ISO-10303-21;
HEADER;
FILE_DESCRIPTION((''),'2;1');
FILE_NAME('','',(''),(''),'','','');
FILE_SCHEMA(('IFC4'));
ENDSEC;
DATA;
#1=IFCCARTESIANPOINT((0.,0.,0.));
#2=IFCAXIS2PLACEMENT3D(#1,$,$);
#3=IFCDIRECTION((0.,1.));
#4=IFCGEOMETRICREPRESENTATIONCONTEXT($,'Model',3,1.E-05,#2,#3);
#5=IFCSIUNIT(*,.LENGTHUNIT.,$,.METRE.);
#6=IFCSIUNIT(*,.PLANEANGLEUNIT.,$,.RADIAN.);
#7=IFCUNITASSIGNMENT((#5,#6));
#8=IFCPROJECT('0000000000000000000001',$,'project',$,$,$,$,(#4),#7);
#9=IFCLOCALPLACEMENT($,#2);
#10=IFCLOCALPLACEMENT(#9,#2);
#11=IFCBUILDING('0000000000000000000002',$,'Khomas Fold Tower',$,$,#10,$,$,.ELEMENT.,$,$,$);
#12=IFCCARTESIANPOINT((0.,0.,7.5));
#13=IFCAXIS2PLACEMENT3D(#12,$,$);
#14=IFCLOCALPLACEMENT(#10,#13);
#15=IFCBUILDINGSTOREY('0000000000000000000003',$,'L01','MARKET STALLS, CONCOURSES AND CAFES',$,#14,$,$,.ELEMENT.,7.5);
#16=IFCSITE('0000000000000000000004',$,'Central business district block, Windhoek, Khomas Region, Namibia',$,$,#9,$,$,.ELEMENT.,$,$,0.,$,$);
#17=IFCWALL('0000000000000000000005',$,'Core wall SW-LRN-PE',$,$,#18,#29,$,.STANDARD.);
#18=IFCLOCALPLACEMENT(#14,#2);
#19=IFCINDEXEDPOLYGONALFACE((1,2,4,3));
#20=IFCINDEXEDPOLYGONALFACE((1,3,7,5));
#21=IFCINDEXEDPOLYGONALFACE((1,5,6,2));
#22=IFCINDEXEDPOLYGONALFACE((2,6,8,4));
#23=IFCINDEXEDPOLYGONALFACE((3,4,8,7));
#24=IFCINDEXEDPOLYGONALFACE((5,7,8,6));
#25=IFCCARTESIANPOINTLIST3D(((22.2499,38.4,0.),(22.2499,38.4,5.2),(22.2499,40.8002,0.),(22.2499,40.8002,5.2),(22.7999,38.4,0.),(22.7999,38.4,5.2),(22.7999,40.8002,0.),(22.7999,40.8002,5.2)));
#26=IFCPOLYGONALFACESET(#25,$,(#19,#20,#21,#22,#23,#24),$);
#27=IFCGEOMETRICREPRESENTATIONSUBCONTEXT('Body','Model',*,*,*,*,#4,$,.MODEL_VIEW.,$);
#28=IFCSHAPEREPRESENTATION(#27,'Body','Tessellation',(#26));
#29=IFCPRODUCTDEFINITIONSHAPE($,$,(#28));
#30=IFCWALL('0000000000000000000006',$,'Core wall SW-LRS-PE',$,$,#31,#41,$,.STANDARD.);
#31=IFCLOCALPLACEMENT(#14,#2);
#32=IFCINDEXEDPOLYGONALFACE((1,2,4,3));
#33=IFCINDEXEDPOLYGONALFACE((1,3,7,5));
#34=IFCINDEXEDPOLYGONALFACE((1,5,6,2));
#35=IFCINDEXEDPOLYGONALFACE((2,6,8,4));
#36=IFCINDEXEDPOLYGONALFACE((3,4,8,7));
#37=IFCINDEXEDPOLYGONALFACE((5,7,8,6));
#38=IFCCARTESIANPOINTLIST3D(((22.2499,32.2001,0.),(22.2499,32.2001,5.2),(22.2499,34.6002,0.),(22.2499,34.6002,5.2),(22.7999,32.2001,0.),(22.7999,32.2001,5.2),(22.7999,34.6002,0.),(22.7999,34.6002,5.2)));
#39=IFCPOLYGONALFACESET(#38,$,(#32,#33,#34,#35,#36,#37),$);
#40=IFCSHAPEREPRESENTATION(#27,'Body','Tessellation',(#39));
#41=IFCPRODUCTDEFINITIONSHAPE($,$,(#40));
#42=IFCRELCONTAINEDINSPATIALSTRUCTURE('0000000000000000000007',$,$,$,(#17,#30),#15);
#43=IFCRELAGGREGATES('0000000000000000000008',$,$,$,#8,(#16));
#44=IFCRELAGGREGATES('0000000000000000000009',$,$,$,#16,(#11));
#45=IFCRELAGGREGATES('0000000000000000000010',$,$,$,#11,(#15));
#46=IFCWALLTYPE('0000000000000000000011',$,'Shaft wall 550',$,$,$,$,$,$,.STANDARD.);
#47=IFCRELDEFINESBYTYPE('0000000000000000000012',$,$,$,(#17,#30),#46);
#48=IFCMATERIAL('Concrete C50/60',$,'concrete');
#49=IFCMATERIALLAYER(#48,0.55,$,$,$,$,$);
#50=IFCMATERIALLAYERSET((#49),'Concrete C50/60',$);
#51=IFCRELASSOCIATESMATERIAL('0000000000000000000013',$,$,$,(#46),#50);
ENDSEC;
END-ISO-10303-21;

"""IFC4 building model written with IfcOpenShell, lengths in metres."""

from ifc_helpers import new_model, si_unit, direction, frame, frame_2d, origin, place, context, subcontext, project, spatial, rectangle, extrude, source, transform, mapped, material, layer, layer_set, type_object, element, save


model = new_model("IFC4")

# Units and contexts
model_context = context("Model", 3, precision=1e-05, world=origin(), true_north=direction((0.0, 1.0)))
body_context = subcontext(model_context, "Body", "Model", "MODEL_VIEW")
ifc_project = project(units=[si_unit("LENGTHUNIT", "METRE"), si_unit("PLANEANGLEUNIT", "RADIAN")], contexts=[model_context])

# Site, building, storey
site_placement = place(None, origin())
site = spatial("IfcSite", under=ifc_project, at=site_placement, Name="Central business district block, Windhoek, Khomas Region, Namibia", CompositionType="ELEMENT", RefElevation=0.0)
building_placement = place(site_placement, origin())
building = spatial("IfcBuilding", under=site, at=building_placement, Name="Khomas Fold Tower", CompositionType="ELEMENT")
storey_placement = place(building_placement, frame((0.0, 0.0, 7.5)))
storey = spatial("IfcBuildingStorey", under=building, at=storey_placement, Name="L01", Description="MARKET STALLS, CONCOURSES AND CAFES", CompositionType="ELEMENT", Elevation=7.5)

# Walls
ifc_material_1 = material(Name="Concrete C50/60", Category="concrete")
ifc_layer_1 = layer(ifc_material_1, 0.55)
ifc_layer_set_1 = layer_set([ifc_layer_1], Name="Concrete C50/60")
wall_type_1 = type_object("IfcWallType", Name="Shaft wall 550", PredefinedType="STANDARD", material=ifc_layer_set_1)
shared_shape_1 = source(origin(), body_context, "Body", "SweptSolid", [
    extrude(rectangle(XDim=2.4001, YDim=0.55, at=frame_2d((1.2002, 0.0))), origin(), (0.0, 0.0, 1.0), 5.2),
])
for number, where, z_axis, x_axis, name in (
    (1, (22.5249, 38.3999, 0.0), (0.0, 0.0, 1.0), (0.0, 1.0, 0.0), "Core wall SW-LRN-PE"),
    (2, (22.5249, 32.2, 0.0), (0.0, 0.0, 1.0), (0.0, 1.0, 0.0), "Core wall SW-LRS-PE"),
):
    element("IfcWall", number, at=place(storey_placement, frame(where, z_axis=z_axis, x_axis=x_axis)), inside=storey, type_object=wall_type_1, Name=name, PredefinedType="STANDARD", context=body_context, shape_type="MappedRepresentation", body=[
        mapped(shared_shape_1, transform((0.0, 0.0, 0.0))),
    ])

save(model, "model.ifc")
